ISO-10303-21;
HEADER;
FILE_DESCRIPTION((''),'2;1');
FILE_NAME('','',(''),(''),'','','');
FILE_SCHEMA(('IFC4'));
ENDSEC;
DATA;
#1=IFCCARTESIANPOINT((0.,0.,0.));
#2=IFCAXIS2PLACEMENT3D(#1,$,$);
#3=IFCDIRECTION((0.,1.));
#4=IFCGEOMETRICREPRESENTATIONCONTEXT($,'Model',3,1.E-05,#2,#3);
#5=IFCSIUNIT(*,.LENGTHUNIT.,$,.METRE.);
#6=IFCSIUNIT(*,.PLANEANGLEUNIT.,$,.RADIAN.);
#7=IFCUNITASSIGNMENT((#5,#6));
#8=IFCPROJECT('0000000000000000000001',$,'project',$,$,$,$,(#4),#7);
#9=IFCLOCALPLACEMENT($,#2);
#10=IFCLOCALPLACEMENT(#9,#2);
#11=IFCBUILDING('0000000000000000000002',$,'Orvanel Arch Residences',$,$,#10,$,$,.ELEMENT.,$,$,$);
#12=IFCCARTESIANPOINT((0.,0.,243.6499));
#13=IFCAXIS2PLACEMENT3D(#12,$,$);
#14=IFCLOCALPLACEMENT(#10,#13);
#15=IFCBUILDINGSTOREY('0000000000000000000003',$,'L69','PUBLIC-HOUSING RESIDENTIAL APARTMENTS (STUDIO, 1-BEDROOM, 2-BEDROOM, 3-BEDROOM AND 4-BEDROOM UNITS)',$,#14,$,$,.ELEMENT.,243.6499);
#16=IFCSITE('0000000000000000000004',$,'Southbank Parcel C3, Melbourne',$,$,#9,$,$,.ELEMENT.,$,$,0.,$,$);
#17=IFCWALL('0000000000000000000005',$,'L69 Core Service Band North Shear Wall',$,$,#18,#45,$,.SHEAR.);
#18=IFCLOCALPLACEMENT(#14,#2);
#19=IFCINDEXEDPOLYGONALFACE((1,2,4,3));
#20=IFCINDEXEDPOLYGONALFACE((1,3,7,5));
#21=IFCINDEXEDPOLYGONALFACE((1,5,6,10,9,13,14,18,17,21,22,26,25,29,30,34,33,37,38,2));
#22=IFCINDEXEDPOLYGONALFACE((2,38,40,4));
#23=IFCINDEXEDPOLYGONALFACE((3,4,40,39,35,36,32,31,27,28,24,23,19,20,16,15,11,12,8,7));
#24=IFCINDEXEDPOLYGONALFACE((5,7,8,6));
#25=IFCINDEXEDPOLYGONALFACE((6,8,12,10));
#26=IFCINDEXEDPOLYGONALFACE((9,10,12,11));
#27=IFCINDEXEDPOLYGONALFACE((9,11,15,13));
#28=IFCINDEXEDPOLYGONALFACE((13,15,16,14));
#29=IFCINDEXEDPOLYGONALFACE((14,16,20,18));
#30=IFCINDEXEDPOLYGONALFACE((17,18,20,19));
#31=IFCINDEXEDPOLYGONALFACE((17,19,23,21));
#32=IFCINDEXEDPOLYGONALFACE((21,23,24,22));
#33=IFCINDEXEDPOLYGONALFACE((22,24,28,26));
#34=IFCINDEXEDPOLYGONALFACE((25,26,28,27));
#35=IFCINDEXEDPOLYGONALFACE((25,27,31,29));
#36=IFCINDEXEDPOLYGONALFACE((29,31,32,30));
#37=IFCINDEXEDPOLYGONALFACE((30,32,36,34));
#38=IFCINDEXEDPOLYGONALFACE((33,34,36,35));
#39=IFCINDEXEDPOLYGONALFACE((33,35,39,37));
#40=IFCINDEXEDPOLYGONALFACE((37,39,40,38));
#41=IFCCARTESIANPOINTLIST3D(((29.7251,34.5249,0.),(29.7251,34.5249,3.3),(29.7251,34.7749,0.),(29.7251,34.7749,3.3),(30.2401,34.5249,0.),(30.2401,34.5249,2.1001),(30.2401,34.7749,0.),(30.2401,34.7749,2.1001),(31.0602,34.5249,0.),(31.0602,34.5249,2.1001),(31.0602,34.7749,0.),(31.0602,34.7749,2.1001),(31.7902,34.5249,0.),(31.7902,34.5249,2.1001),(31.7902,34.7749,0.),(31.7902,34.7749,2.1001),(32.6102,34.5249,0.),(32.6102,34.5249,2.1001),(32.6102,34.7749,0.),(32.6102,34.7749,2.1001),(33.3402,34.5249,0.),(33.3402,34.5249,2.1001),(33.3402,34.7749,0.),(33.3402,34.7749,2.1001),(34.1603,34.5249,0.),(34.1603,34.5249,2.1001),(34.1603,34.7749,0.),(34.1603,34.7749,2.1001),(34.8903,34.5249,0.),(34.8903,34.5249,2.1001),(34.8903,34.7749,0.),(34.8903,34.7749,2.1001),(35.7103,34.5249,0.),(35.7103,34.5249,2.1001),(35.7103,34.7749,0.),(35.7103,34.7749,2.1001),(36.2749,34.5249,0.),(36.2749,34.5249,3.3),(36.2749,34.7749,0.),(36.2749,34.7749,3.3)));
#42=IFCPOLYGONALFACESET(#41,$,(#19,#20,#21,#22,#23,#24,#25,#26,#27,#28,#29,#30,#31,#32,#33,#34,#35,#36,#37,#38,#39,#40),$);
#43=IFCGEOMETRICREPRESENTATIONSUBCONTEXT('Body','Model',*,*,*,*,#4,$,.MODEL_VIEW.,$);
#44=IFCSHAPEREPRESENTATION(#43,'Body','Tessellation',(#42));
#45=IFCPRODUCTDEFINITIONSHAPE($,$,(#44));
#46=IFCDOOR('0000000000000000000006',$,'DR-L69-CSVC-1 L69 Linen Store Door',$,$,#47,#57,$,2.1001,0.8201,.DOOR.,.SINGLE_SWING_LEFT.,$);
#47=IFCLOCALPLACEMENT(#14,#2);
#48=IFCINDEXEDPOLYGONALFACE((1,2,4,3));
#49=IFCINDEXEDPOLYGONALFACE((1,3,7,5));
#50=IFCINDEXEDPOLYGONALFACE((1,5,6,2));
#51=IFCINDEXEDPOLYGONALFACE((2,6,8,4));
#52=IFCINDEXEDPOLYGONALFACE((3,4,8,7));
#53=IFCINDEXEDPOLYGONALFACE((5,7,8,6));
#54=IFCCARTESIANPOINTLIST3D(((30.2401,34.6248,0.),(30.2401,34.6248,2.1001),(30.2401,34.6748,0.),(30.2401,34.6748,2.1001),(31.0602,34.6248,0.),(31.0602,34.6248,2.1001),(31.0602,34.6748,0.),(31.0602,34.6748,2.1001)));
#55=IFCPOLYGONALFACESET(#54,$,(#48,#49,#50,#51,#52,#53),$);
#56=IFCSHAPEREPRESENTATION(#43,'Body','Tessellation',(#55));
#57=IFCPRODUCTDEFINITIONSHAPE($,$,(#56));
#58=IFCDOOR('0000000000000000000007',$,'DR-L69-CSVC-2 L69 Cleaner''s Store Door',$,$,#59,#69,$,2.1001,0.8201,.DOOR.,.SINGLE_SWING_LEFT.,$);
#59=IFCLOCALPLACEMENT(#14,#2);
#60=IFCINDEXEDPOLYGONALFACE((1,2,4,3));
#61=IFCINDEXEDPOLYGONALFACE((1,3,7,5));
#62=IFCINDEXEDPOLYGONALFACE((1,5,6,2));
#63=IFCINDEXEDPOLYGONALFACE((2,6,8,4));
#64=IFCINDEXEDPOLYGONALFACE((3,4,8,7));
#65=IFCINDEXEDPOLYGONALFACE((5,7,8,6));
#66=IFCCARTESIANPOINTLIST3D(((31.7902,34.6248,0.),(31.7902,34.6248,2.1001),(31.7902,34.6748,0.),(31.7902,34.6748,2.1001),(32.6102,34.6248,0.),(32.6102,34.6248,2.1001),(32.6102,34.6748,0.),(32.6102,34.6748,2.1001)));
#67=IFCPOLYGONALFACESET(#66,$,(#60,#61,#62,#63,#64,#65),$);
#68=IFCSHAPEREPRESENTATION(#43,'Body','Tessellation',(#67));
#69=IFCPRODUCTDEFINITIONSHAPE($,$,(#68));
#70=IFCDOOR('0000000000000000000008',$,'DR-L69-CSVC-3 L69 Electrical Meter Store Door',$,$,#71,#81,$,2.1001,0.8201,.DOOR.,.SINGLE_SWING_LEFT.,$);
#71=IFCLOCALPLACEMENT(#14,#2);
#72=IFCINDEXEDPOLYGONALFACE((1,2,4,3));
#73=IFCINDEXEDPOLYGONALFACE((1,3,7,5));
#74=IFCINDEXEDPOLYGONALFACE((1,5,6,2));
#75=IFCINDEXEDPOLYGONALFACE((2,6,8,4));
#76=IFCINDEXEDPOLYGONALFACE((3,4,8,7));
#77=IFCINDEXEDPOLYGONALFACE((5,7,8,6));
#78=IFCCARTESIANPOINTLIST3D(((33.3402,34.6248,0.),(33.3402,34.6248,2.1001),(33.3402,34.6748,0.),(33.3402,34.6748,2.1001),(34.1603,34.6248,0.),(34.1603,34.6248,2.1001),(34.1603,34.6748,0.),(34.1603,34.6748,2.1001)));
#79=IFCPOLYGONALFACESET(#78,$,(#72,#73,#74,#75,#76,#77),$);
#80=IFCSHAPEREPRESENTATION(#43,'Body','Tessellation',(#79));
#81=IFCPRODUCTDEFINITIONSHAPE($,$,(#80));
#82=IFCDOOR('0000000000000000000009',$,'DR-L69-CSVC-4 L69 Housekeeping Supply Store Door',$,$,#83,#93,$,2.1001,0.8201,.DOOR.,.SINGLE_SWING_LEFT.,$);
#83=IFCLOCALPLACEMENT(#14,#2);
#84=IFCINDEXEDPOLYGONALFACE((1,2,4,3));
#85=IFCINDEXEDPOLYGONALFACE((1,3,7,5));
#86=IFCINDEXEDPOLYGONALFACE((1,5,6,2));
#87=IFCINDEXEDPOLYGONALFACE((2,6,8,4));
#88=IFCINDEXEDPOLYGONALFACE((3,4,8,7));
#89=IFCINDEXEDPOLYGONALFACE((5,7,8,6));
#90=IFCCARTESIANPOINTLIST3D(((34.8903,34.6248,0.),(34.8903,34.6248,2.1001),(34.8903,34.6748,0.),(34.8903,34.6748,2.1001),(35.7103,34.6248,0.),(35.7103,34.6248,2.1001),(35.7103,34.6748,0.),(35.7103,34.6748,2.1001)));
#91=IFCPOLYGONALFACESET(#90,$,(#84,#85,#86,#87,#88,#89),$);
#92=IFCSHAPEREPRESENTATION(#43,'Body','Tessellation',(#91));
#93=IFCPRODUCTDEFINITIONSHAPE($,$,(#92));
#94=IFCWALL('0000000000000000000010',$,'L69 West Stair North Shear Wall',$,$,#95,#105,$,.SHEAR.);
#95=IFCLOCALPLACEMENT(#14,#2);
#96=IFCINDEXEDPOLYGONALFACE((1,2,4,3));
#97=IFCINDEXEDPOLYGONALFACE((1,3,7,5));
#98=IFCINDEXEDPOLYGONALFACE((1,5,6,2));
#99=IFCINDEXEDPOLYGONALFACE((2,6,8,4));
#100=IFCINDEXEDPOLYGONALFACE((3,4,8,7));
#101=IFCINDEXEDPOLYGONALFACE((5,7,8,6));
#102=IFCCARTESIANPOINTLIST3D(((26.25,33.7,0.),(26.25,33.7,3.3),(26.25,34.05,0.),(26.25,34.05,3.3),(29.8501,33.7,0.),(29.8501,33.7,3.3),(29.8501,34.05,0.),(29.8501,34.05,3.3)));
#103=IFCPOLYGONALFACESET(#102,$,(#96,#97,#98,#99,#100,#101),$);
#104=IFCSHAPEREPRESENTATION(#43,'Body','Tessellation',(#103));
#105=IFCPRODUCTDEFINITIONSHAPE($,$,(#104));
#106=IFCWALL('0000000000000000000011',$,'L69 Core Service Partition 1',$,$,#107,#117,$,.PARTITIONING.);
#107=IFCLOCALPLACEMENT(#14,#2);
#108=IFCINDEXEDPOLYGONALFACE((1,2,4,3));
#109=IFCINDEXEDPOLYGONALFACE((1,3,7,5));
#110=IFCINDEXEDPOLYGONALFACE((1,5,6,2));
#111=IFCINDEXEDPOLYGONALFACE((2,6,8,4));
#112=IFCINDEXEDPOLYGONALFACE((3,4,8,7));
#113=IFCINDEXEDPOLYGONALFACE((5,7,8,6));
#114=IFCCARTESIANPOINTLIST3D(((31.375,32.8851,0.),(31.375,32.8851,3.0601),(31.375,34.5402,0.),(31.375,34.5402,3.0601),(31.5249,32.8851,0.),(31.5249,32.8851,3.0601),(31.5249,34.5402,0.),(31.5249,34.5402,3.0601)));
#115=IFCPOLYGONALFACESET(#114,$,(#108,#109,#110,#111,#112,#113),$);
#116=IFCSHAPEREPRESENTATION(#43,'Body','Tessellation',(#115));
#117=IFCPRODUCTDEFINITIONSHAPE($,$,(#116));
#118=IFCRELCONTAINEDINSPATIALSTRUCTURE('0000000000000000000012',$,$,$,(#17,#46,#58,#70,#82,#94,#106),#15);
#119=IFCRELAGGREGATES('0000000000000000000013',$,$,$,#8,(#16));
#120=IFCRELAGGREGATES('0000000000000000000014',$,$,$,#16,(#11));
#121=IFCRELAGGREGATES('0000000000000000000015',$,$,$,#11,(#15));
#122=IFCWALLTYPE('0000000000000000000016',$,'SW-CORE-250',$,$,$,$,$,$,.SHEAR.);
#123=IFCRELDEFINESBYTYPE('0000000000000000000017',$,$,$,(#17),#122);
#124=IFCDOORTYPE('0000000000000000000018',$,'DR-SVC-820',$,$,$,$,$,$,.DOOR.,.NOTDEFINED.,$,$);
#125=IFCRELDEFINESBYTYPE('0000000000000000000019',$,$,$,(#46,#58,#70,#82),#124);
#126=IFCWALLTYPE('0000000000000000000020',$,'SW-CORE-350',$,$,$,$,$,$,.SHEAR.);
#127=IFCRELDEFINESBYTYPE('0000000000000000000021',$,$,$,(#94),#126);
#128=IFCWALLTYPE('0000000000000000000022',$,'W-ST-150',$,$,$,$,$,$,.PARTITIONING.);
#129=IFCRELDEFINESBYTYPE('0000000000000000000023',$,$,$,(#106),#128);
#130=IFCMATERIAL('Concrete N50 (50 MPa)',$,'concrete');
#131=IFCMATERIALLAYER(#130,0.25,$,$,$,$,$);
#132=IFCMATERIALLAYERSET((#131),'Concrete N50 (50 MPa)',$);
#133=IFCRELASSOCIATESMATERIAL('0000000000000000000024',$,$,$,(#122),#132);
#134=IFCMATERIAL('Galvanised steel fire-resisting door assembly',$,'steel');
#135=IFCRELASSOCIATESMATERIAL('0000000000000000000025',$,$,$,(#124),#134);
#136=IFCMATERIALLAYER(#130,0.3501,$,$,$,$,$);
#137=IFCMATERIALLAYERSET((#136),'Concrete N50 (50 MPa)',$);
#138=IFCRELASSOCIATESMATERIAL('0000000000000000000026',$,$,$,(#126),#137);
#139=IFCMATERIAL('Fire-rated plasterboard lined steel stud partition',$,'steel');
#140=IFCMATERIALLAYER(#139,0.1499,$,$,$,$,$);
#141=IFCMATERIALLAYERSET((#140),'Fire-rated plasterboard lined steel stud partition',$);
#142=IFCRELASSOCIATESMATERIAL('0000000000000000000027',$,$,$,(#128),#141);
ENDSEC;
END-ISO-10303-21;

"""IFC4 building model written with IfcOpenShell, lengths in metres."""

from ifc_helpers import new_model, si_unit, direction, frame, frame_2d, origin, place, context, subcontext, project, spatial, rectangle, extrude, material, layer, layer_set, type_object, element, fill, save


model = new_model("IFC4")

# Units and contexts
model_context = context("Model", 3, precision=1e-05, world=origin(), true_north=direction((0.0, 1.0)))
body_context = subcontext(model_context, "Body", "Model", "MODEL_VIEW")
ifc_project = project(units=[si_unit("LENGTHUNIT", "METRE"), si_unit("PLANEANGLEUNIT", "RADIAN")], contexts=[model_context])

# Site, building, storey
site_placement = place(None, origin())
site = spatial("IfcSite", under=ifc_project, at=site_placement, Name="Southbank Parcel C3, Melbourne", CompositionType="ELEMENT", RefElevation=0.0)
building_placement = place(site_placement, origin())
building = spatial("IfcBuilding", under=site, at=building_placement, Name="Orvanel Arch Residences", CompositionType="ELEMENT")
storey_placement = place(building_placement, frame((0.0, 0.0, 243.6499)))
storey = spatial("IfcBuildingStorey", under=building, at=storey_placement, Name="L69", Description="PUBLIC-HOUSING RESIDENTIAL APARTMENTS (STUDIO, 1-BEDROOM, 2-BEDROOM, 3-BEDROOM AND 4-BEDROOM UNITS)", CompositionType="ELEMENT", Elevation=243.6499)

# Shared definitions
ifc_material_1 = material(Name="Concrete N50 (50 MPa)", Category="concrete")
ifc_layer_1 = layer(ifc_material_1, 0.25)
ifc_layer_set_1 = layer_set([ifc_layer_1], Name="Concrete N50 (50 MPa)")
wall_type_1 = type_object("IfcWallType", Name="SW-CORE-250", PredefinedType="SHEAR", material=ifc_layer_set_1)

# Wall, openings, doors
wall_1_placement = place(storey_placement, frame((29.7251, 34.6499, 0.0), z_axis=(0.0, 0.0, 1.0), x_axis=(1.0, 0.0, 0.0)))
wall_1 = element("IfcWall", 1, at=wall_1_placement, inside=storey, type_object=wall_type_1, Name="L69 Core Service Band North Shear Wall", PredefinedType="SHEAR", context=body_context, shape_type="SweptSolid", body=[
    extrude(rectangle(XDim=6.5498, YDim=0.25, at=frame_2d((3.2749, 0.0))), origin(), (0.0, 0.0, 1.0), 3.3),
])
opening_1_placement = place(wall_1_placement, frame((0.5149, 0.0, 0.0)))
opening_1 = element("IfcOpeningElement", 2, at=opening_1_placement, cuts=wall_1, PredefinedType="OPENING", context=body_context, shape_type="SweptSolid", body=[
    extrude(rectangle(XDim=0.8201, YDim=2.1001, at=frame_2d((0.4102, 1.05))), frame((0.0, 0.135, 0.0), z_axis=(0.0, -1.0, 0.0), x_axis=(1.0, 0.0, 0.0)), (0.0, 0.0, 1.0), 0.27),
])
opening_2_placement = place(wall_1_placement, frame((2.0649, 0.0, 0.0)))
opening_2 = element("IfcOpeningElement", 3, at=opening_2_placement, cuts=wall_1, PredefinedType="OPENING", context=body_context, shape_type="SweptSolid", body=[
    extrude(rectangle(XDim=0.8201, YDim=2.1001, at=frame_2d((0.4102, 1.05))), frame((0.0, 0.135, 0.0), z_axis=(0.0, -1.0, 0.0), x_axis=(1.0, 0.0, 0.0)), (0.0, 0.0, 1.0), 0.27),
])
opening_3_placement = place(wall_1_placement, frame((3.615, 0.0, 0.0)))
opening_3 = element("IfcOpeningElement", 4, at=opening_3_placement, cuts=wall_1, PredefinedType="OPENING", context=body_context, shape_type="SweptSolid", body=[
    extrude(rectangle(XDim=0.8201, YDim=2.1001, at=frame_2d((0.4102, 1.05))), frame((0.0, 0.135, 0.0), z_axis=(0.0, -1.0, 0.0), x_axis=(1.0, 0.0, 0.0)), (0.0, 0.0, 1.0), 0.27),
])
opening_4_placement = place(wall_1_placement, frame((5.165, 0.0, 0.0)))
opening_4 = element("IfcOpeningElement", 5, at=opening_4_placement, cuts=wall_1, PredefinedType="OPENING", context=body_context, shape_type="SweptSolid", body=[
    extrude(rectangle(XDim=0.8201, YDim=2.1001, at=frame_2d((0.4102, 1.05))), frame((0.0, 0.135, 0.0), z_axis=(0.0, -1.0, 0.0), x_axis=(1.0, 0.0, 0.0)), (0.0, 0.0, 1.0), 0.27),
])
ifc_material_2 = material(Name="Galvanised steel fire-resisting door assembly", Category="steel")
door_type_1 = type_object("IfcDoorType", Name="DR-SVC-820", OperationType="NOTDEFINED", PredefinedType="DOOR", material=ifc_material_2)
door_1_placement = place(opening_1_placement, origin())
door_1 = element("IfcDoor", 6, at=door_1_placement, inside=storey, type_object=door_type_1, Name="DR-L69-CSVC-1 L69 Linen Store Door", OperationType="SINGLE_SWING_LEFT", OverallHeight=2.1001, OverallWidth=0.8201, PredefinedType="DOOR", context=body_context, shape_type="SweptSolid", body=[
    extrude(rectangle(XDim=0.8201, YDim=2.1001, at=frame_2d((0.4102, 1.05))), frame((0.0, 0.0249, 0.0), z_axis=(0.0, -1.0, 0.0), x_axis=(1.0, 0.0, 0.0)), (0.0, 0.0, 1.0), 0.05),
])
fill(opening_1, door_1)
door_2_placement = place(opening_2_placement, origin())
door_2 = element("IfcDoor", 7, at=door_2_placement, inside=storey, type_object=door_type_1, Name="DR-L69-CSVC-2 L69 Cleaner's Store Door", OperationType="SINGLE_SWING_LEFT", OverallHeight=2.1001, OverallWidth=0.8201, PredefinedType="DOOR", context=body_context, shape_type="SweptSolid", body=[
    extrude(rectangle(XDim=0.8201, YDim=2.1001, at=frame_2d((0.4102, 1.05))), frame((0.0, 0.0249, 0.0), z_axis=(0.0, -1.0, 0.0), x_axis=(1.0, 0.0, 0.0)), (0.0, 0.0, 1.0), 0.05),
])
fill(opening_2, door_2)
door_3_placement = place(opening_3_placement, origin())
door_3 = element("IfcDoor", 8, at=door_3_placement, inside=storey, type_object=door_type_1, Name="DR-L69-CSVC-3 L69 Electrical Meter Store Door", OperationType="SINGLE_SWING_LEFT", OverallHeight=2.1001, OverallWidth=0.8201, PredefinedType="DOOR", context=body_context, shape_type="SweptSolid", body=[
    extrude(rectangle(XDim=0.8201, YDim=2.1001, at=frame_2d((0.4102, 1.05))), frame((0.0, 0.0249, 0.0), z_axis=(0.0, -1.0, 0.0), x_axis=(1.0, 0.0, 0.0)), (0.0, 0.0, 1.0), 0.05),
])
fill(opening_3, door_3)
door_4_placement = place(opening_4_placement, origin())
door_4 = element("IfcDoor", 9, at=door_4_placement, inside=storey, type_object=door_type_1, Name="DR-L69-CSVC-4 L69 Housekeeping Supply Store Door", OperationType="SINGLE_SWING_LEFT", OverallHeight=2.1001, OverallWidth=0.8201, PredefinedType="DOOR", context=body_context, shape_type="SweptSolid", body=[
    extrude(rectangle(XDim=0.8201, YDim=2.1001, at=frame_2d((0.4102, 1.05))), frame((0.0, 0.0249, 0.0), z_axis=(0.0, -1.0, 0.0), x_axis=(1.0, 0.0, 0.0)), (0.0, 0.0, 1.0), 0.05),
])
fill(opening_4, door_4)

# Walls
ifc_layer_2 = layer(ifc_material_1, 0.3501)
ifc_layer_set_2 = layer_set([ifc_layer_2], Name="Concrete N50 (50 MPa)")
wall_type_2 = type_object("IfcWallType", Name="SW-CORE-350", PredefinedType="SHEAR", material=ifc_layer_set_2)
wall_2_placement = place(storey_placement, frame((26.25, 33.875, 0.0), z_axis=(0.0, 0.0, 1.0), x_axis=(1.0, 0.0, 0.0)))
element("IfcWall", 10, at=wall_2_placement, inside=storey, type_object=wall_type_2, Name="L69 West Stair North Shear Wall", PredefinedType="SHEAR", context=body_context, shape_type="SweptSolid", body=[
    extrude(rectangle(XDim=3.6001, YDim=0.3501, at=frame_2d((1.8, 0.0))), origin(), (0.0, 0.0, 1.0), 3.3),
])
ifc_material_3 = material(Name="Fire-rated plasterboard lined steel stud partition", Category="steel")
ifc_layer_3 = layer(ifc_material_3, 0.1499)
ifc_layer_set_3 = layer_set([ifc_layer_3], Name="Fire-rated plasterboard lined steel stud partition")
wall_type_3 = type_object("IfcWallType", Name="W-ST-150", PredefinedType="PARTITIONING", material=ifc_layer_set_3)
wall_3_placement = place(storey_placement, frame((31.45, 32.885, 0.0), z_axis=(0.0, 0.0, 1.0), x_axis=(0.0, 1.0, 0.0)))
element("IfcWall", 11, at=wall_3_placement, inside=storey, type_object=wall_type_3, Name="L69 Core Service Partition 1", PredefinedType="PARTITIONING", context=body_context, shape_type="SweptSolid", body=[
    extrude(rectangle(XDim=1.655, YDim=0.1499, at=frame_2d((0.8276, 0.0))), origin(), (0.0, 0.0, 1.0), 3.0601),
])

save(model, "model.ifc")
